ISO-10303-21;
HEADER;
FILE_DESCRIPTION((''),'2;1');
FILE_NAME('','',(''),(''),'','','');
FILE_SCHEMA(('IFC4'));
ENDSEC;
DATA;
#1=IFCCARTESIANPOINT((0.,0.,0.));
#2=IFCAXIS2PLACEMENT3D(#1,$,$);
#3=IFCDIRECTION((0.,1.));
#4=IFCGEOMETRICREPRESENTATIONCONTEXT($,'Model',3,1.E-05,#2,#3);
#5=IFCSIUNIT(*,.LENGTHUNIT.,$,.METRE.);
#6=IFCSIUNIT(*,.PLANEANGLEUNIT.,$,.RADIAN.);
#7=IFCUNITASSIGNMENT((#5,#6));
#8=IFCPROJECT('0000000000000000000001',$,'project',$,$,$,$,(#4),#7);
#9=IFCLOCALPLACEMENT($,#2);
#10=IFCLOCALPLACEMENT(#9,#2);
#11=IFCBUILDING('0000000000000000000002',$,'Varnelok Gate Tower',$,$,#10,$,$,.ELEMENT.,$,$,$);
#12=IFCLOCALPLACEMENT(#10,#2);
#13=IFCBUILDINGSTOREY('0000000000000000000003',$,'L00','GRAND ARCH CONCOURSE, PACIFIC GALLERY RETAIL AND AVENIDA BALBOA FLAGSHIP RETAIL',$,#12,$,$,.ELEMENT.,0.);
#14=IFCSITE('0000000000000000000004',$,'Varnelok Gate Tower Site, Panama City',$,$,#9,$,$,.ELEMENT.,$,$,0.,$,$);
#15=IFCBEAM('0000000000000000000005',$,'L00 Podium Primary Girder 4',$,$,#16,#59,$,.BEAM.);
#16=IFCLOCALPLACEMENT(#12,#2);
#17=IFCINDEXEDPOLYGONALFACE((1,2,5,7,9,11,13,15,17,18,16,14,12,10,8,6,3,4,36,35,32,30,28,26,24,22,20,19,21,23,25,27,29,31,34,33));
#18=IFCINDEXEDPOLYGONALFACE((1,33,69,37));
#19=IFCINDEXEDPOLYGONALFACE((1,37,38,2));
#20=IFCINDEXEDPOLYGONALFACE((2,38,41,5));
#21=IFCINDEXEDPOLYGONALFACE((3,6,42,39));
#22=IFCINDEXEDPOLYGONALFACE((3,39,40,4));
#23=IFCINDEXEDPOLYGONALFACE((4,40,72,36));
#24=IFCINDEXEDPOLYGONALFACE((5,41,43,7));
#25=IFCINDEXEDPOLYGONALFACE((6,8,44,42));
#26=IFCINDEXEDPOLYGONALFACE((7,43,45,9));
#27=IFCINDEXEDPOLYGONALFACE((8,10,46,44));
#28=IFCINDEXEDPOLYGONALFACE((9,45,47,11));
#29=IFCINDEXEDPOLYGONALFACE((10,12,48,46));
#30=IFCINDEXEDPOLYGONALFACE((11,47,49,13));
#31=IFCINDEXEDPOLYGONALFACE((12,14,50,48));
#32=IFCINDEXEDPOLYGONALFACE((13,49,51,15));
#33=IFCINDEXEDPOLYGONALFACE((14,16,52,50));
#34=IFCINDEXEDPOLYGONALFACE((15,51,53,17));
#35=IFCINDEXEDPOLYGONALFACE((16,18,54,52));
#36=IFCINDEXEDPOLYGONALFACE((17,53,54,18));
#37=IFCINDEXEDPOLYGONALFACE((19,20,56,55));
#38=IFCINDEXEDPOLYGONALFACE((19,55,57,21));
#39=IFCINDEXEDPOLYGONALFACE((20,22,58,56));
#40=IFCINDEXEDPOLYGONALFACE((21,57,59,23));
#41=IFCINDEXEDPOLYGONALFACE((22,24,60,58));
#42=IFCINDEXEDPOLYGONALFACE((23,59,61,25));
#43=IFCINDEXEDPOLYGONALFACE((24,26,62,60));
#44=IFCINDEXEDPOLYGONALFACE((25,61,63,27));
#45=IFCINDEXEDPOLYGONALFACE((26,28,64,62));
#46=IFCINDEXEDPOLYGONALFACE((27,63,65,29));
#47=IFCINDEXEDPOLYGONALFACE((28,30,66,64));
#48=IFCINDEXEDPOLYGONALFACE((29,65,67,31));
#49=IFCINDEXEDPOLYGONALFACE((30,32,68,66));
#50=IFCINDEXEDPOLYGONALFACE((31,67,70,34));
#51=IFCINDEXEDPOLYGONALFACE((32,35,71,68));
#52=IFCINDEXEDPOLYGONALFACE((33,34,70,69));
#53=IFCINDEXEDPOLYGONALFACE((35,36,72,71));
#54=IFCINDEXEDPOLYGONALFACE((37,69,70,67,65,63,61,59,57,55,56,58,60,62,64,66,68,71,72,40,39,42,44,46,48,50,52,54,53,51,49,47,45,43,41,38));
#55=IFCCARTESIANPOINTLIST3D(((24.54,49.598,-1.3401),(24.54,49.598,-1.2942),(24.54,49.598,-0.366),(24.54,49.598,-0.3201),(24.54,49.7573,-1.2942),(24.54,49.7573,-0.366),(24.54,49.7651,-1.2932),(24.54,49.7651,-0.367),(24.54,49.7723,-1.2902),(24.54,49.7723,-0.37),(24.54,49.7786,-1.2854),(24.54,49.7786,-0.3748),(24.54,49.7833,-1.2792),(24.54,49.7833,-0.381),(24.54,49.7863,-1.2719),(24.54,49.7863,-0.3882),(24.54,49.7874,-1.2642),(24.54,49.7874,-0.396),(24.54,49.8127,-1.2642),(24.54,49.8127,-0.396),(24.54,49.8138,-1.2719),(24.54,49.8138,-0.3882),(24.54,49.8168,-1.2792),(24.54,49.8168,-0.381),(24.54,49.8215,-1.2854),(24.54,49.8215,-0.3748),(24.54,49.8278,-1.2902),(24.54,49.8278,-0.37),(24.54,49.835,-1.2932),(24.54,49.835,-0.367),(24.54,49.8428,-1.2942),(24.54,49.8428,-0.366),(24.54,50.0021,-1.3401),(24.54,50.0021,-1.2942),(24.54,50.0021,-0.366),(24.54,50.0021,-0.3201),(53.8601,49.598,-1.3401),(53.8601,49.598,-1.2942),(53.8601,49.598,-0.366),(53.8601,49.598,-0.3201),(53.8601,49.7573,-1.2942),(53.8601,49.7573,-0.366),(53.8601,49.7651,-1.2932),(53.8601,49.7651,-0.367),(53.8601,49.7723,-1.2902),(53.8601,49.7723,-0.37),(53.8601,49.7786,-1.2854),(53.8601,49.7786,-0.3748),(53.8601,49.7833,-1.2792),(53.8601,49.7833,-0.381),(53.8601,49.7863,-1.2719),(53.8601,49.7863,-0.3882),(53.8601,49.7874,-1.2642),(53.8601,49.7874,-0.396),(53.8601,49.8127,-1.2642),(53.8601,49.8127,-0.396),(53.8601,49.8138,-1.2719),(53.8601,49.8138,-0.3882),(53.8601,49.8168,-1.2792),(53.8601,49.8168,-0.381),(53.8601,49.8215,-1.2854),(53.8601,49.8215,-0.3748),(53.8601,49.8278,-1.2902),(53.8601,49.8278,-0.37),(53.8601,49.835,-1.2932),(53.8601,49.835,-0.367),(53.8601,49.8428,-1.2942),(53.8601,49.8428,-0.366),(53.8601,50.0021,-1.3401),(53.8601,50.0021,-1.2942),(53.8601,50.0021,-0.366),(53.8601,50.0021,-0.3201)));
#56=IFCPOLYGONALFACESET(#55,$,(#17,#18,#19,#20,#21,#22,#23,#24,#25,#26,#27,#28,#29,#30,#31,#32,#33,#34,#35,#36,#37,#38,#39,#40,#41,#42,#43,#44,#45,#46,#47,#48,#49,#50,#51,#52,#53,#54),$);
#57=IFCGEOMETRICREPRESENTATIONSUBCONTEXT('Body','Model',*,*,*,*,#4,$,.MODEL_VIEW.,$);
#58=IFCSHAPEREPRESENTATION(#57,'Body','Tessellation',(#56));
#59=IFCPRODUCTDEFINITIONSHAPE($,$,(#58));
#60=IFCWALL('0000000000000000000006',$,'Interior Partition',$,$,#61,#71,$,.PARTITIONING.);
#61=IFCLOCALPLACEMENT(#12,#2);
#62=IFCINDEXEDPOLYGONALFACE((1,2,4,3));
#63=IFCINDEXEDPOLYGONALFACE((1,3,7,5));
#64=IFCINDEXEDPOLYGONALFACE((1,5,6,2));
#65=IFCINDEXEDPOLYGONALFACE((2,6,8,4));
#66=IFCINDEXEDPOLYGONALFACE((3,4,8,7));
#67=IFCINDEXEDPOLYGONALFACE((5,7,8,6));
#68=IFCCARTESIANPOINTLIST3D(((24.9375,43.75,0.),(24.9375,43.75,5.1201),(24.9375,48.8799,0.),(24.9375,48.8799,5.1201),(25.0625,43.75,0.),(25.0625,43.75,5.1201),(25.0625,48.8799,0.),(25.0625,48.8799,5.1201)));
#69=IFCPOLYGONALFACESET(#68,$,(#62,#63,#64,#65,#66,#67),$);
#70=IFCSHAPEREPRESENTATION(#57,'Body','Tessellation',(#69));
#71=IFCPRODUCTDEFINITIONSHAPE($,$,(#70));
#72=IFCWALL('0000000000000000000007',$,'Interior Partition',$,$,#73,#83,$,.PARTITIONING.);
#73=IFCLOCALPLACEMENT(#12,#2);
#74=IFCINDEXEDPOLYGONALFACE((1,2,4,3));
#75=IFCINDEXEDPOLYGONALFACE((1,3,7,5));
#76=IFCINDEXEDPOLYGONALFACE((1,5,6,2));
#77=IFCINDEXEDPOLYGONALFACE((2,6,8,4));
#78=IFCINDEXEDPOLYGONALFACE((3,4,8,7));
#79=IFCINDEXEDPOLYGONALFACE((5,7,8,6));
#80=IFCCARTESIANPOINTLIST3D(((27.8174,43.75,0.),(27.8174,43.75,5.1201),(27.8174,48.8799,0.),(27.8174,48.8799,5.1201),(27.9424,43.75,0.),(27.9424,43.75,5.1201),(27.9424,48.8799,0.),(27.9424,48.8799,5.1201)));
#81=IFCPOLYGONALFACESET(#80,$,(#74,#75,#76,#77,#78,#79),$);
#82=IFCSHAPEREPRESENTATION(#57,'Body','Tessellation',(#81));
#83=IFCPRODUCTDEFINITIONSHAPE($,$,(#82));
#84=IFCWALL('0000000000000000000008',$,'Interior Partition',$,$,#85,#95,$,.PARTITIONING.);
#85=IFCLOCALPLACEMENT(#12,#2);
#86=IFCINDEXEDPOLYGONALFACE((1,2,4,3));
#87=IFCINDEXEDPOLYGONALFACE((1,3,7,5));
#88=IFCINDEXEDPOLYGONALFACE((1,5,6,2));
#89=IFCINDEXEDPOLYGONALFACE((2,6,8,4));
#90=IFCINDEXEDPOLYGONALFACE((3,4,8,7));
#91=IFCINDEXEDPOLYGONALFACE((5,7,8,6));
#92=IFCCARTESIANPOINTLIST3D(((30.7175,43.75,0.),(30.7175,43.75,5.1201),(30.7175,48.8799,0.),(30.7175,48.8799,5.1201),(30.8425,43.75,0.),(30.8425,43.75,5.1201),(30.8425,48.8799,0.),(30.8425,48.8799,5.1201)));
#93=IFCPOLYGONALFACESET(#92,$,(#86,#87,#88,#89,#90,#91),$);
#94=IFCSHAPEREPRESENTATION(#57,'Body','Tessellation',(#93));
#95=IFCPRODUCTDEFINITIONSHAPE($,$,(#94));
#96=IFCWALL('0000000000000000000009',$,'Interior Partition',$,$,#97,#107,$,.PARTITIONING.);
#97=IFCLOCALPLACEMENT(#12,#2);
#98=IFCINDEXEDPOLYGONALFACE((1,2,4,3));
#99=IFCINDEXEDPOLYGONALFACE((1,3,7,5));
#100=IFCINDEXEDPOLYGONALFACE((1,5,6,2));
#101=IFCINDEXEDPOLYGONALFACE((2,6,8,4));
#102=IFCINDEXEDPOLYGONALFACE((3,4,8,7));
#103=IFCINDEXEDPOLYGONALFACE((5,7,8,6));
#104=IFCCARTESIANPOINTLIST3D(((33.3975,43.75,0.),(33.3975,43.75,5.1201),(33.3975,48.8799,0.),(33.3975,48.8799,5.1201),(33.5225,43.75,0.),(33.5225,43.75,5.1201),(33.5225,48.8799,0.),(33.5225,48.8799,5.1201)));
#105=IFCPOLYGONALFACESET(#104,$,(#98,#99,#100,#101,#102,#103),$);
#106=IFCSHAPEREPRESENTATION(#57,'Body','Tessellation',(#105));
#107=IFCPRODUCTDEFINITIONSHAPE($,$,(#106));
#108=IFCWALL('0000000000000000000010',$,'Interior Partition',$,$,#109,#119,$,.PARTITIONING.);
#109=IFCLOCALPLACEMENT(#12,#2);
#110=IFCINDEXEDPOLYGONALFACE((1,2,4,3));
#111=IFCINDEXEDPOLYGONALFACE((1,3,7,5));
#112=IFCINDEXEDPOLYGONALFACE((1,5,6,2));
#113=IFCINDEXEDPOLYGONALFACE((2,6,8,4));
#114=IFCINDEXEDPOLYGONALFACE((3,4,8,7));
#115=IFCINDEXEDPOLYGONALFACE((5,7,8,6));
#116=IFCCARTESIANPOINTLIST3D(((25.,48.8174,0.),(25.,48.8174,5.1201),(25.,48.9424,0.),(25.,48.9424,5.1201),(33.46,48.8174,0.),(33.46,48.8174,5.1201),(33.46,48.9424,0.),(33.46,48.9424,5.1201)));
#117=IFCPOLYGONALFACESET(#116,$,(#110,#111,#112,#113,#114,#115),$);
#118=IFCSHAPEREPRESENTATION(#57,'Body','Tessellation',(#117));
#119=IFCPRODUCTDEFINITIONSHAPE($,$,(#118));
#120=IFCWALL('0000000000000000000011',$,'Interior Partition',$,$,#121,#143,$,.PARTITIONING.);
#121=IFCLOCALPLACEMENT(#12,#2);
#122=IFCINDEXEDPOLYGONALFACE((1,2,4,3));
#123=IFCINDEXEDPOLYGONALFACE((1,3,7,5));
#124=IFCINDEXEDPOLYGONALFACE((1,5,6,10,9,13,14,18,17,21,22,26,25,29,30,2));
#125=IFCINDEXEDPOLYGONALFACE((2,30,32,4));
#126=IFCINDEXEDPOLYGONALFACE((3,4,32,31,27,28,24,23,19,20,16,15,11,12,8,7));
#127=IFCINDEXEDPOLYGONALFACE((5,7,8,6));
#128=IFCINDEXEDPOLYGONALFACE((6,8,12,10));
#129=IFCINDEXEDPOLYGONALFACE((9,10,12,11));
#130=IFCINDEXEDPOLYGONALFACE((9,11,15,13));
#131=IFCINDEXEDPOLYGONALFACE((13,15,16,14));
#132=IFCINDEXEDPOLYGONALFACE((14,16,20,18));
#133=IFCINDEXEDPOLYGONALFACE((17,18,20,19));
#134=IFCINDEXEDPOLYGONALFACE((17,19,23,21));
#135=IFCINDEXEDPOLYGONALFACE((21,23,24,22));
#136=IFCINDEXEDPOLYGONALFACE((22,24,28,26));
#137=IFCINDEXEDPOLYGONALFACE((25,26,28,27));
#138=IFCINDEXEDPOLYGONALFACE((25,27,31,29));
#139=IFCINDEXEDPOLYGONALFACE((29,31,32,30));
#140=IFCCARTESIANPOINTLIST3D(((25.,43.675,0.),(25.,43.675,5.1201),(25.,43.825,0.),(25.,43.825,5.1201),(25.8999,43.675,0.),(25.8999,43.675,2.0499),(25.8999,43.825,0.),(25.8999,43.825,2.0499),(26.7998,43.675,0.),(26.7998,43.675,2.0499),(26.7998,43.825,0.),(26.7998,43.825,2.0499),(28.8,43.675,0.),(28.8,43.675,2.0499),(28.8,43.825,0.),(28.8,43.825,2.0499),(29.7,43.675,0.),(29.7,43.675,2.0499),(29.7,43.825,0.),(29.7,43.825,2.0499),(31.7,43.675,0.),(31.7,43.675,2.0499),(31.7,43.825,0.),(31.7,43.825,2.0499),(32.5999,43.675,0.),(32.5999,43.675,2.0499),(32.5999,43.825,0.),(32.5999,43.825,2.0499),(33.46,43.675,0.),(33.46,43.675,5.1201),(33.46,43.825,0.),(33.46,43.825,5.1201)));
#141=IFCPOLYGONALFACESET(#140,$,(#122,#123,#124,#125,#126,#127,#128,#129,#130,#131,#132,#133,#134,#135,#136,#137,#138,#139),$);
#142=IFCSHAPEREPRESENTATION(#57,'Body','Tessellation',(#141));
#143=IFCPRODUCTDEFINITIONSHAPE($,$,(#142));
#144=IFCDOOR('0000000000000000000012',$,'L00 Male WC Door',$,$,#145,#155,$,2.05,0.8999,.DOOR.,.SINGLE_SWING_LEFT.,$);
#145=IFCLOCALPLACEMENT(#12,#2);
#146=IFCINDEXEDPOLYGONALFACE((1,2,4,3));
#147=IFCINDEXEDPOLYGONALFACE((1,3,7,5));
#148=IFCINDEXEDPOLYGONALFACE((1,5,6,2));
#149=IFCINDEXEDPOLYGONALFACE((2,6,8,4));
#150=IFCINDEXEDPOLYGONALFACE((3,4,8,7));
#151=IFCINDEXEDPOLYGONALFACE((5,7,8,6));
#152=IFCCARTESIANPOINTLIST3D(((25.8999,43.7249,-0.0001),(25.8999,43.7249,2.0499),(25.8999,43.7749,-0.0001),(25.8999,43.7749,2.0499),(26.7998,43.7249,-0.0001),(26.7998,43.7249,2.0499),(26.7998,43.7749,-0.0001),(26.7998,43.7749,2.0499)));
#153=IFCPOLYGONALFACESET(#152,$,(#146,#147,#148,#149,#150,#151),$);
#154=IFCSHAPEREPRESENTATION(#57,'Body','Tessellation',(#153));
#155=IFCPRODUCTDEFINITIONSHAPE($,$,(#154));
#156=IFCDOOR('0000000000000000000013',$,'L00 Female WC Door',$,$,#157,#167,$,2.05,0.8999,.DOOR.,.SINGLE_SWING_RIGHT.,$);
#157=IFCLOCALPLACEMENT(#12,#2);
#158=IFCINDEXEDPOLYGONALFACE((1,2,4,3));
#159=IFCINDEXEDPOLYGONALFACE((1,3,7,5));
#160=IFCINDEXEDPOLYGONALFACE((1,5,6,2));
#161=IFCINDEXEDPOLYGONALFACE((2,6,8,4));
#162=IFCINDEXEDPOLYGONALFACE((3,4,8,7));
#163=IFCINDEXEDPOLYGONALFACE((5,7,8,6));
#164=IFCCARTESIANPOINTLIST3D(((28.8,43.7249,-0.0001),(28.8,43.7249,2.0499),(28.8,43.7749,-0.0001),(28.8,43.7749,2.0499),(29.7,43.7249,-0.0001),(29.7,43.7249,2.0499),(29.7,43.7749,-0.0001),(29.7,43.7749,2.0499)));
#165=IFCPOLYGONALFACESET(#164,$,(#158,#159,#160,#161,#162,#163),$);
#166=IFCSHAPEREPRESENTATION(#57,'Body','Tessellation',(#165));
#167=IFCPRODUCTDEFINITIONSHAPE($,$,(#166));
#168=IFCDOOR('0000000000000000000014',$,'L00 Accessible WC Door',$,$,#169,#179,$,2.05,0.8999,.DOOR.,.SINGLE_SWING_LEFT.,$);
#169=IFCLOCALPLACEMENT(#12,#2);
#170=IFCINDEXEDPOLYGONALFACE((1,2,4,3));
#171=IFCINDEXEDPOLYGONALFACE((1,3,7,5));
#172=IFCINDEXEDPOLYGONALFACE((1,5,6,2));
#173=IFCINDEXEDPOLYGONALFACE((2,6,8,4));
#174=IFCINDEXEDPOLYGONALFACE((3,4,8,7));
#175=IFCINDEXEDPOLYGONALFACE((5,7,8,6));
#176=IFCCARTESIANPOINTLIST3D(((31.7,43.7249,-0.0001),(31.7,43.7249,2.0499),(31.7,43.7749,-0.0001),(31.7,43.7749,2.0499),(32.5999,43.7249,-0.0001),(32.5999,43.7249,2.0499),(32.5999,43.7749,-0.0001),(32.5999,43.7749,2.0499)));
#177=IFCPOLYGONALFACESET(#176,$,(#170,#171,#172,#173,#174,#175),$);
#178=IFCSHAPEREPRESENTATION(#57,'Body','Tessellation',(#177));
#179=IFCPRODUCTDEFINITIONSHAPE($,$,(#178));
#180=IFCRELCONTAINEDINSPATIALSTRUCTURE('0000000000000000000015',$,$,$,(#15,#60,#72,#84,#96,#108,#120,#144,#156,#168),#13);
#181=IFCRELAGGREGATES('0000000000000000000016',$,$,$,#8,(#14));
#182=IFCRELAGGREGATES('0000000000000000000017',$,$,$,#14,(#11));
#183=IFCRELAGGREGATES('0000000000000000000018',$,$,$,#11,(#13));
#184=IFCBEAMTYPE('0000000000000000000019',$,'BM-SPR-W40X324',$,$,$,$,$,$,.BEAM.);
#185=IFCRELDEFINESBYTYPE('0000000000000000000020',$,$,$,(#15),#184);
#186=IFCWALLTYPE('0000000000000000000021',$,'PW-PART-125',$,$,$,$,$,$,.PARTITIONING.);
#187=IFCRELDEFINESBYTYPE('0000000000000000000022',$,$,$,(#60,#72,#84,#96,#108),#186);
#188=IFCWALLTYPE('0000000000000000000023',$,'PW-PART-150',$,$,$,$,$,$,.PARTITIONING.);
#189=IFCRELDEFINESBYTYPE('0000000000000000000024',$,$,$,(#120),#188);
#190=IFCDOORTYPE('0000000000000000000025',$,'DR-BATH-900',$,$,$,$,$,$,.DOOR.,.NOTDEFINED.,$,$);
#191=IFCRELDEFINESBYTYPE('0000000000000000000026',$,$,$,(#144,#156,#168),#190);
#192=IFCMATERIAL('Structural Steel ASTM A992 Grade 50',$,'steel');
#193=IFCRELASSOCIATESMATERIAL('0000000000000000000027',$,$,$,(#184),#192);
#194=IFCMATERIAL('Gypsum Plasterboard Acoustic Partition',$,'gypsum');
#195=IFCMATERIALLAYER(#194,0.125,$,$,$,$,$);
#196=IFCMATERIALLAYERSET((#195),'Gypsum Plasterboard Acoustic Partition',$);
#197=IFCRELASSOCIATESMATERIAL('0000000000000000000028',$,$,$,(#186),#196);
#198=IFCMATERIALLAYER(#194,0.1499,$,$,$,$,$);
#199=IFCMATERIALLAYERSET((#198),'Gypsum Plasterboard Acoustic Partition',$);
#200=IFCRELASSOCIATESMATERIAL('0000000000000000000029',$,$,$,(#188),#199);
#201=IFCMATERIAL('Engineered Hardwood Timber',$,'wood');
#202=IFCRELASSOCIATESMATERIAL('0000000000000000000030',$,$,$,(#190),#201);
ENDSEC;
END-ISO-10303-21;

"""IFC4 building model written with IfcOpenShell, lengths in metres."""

from ifc_helpers import new_model, si_unit, direction, frame, frame_2d, origin, origin_2d, place, context, subcontext, project, spatial, rectangle, i_section, extrude, material, layer, layer_set, material_profile, profile_set, type_object, element, fill, save


model = new_model("IFC4")

# Units and contexts
model_context = context("Model", 3, precision=1e-05, world=origin(), true_north=direction((0.0, 1.0)))
body_context = subcontext(model_context, "Body", "Model", "MODEL_VIEW")
ifc_project = project(units=[si_unit("LENGTHUNIT", "METRE"), si_unit("PLANEANGLEUNIT", "RADIAN")], contexts=[model_context])

# Site, building, storey
site_placement = place(None, origin())
site = spatial("IfcSite", under=ifc_project, at=site_placement, Name="Varnelok Gate Tower Site, Panama City", CompositionType="ELEMENT", RefElevation=0.0)
building_placement = place(site_placement, origin())
building = spatial("IfcBuilding", under=site, at=building_placement, Name="Varnelok Gate Tower", CompositionType="ELEMENT")
storey_placement = place(building_placement, origin())
storey = spatial("IfcBuildingStorey", under=building, at=storey_placement, Name="L00", Description="GRAND ARCH CONCOURSE, PACIFIC GALLERY RETAIL AND AVENIDA BALBOA FLAGSHIP RETAIL", CompositionType="ELEMENT", Elevation=0.0)

# Beam
ifc_material_1 = material(Name="Structural Steel ASTM A992 Grade 50", Category="steel")
ifc_material_profile_1 = material_profile(ifc_material_1, i_section(OverallWidth=0.4041, OverallDepth=1.02, WebThickness=0.0254, FlangeThickness=0.0459, FilletRadius=0.03, at=origin_2d()), Name="W40X324")
ifc_profile_set_1 = profile_set([ifc_material_profile_1], Name="Structural Steel ASTM A992 Grade 50")
beam_type_1 = type_object("IfcBeamType", Name="BM-SPR-W40X324", PredefinedType="BEAM", material=ifc_profile_set_1)
beam_1_placement = place(storey_placement, frame((24.54, 49.8, -0.8301), z_axis=(1.0, 0.0, 0.0), x_axis=(0.0, 1.0, 0.0)))
element("IfcBeam", 1, at=beam_1_placement, inside=storey, type_object=beam_type_1, Name="L00 Podium Primary Girder 4", PredefinedType="BEAM", context=body_context, shape_type="SweptSolid", body=[
    extrude(i_section(OverallWidth=0.4041, OverallDepth=1.02, WebThickness=0.0254, FlangeThickness=0.0459, FilletRadius=0.03, at=origin_2d()), origin(), (0.0, 0.0, 1.0), 29.3201),
])

# Walls
ifc_material_2 = material(Name="Gypsum Plasterboard Acoustic Partition", Category="gypsum")
ifc_layer_1 = layer(ifc_material_2, 0.125)
ifc_layer_set_1 = layer_set([ifc_layer_1], Name="Gypsum Plasterboard Acoustic Partition")
wall_type_1 = type_object("IfcWallType", Name="PW-PART-125", PredefinedType="PARTITIONING", material=ifc_layer_set_1)
for number, where, z_axis, x_axis, name in (
    (2, (25.0, 43.75, 0.0), (0.0, 0.0, 1.0), (0.0, 1.0, 0.0), "Interior Partition"),
    (3, (27.8799, 43.75, 0.0), (0.0, 0.0, 1.0), (0.0, 1.0, 0.0), "Interior Partition"),
    (4, (30.78, 43.75, 0.0), (0.0, 0.0, 1.0), (0.0, 1.0, 0.0), "Interior Partition"),
    (5, (33.46, 43.75, 0.0), (0.0, 0.0, 1.0), (0.0, 1.0, 0.0), "Interior Partition"),
):
    element("IfcWall", number, at=place(storey_placement, frame(where, z_axis=z_axis, x_axis=x_axis)), inside=storey, type_object=wall_type_1, Name=name, PredefinedType="PARTITIONING", context=body_context, shape_type="SweptSolid", body=[
        extrude(rectangle(XDim=5.1299, YDim=0.125, at=frame_2d((2.5649, 0.0))), origin(), (0.0, 0.0, 1.0), 5.1201),
    ])
wall_1_placement = place(storey_placement, frame((25.0, 48.8799, 0.0), z_axis=(0.0, 0.0, 1.0), x_axis=(1.0, 0.0, 0.0)))
element("IfcWall", 6, at=wall_1_placement, inside=storey, type_object=wall_type_1, Name="Interior Partition", PredefinedType="PARTITIONING", context=body_context, shape_type="SweptSolid", body=[
    extrude(rectangle(XDim=8.46, YDim=0.125, at=frame_2d((4.23, 0.0))), origin(), (0.0, 0.0, 1.0), 5.1201),
])

# Wall, openings, doors
ifc_layer_2 = layer(ifc_material_2, 0.1499)
ifc_layer_set_2 = layer_set([ifc_layer_2], Name="Gypsum Plasterboard Acoustic Partition")
wall_type_2 = type_object("IfcWallType", Name="PW-PART-150", PredefinedType="PARTITIONING", material=ifc_layer_set_2)
wall_2_placement = place(storey_placement, frame((25.0, 43.75, 0.0), z_axis=(0.0, 0.0, 1.0), x_axis=(1.0, 0.0, 0.0)))
wall_2 = element("IfcWall", 7, at=wall_2_placement, inside=storey, type_object=wall_type_2, Name="Interior Partition", PredefinedType="PARTITIONING", context=body_context, shape_type="SweptSolid", body=[
    extrude(rectangle(XDim=8.46, YDim=0.1499, at=frame_2d((4.23, 0.0))), origin(), (0.0, 0.0, 1.0), 5.1201),
])
opening_1_placement = place(wall_2_placement, frame((0.8999, 0.0, 0.0)))
opening_1 = element("IfcOpeningElement", 8, at=opening_1_placement, cuts=wall_2, PredefinedType="OPENING", context=body_context, shape_type="SweptSolid", body=[
    extrude(rectangle(XDim=0.8999, YDim=2.05, at=frame_2d((0.45, 1.0249))), frame((0.0, 0.085, 0.0), z_axis=(0.0, -1.0, 0.0), x_axis=(1.0, 0.0, 0.0)), (0.0, 0.0, 1.0), 0.1699),
])
opening_2_placement = place(wall_2_placement, frame((3.8, 0.0, 0.0)))
opening_2 = element("IfcOpeningElement", 9, at=opening_2_placement, cuts=wall_2, PredefinedType="OPENING", context=body_context, shape_type="SweptSolid", body=[
    extrude(rectangle(XDim=0.8999, YDim=2.05, at=frame_2d((0.45, 1.0249))), frame((0.0, 0.085, 0.0), z_axis=(0.0, -1.0, 0.0), x_axis=(1.0, 0.0, 0.0)), (0.0, 0.0, 1.0), 0.1699),
])
opening_3_placement = place(wall_2_placement, frame((6.7, 0.0, 0.0)))
opening_3 = element("IfcOpeningElement", 10, at=opening_3_placement, cuts=wall_2, PredefinedType="OPENING", context=body_context, shape_type="SweptSolid", body=[
    extrude(rectangle(XDim=0.8999, YDim=2.05, at=frame_2d((0.45, 1.0249))), frame((0.0, 0.085, 0.0), z_axis=(0.0, -1.0, 0.0), x_axis=(1.0, 0.0, 0.0)), (0.0, 0.0, 1.0), 0.1699),
])
ifc_material_3 = material(Name="Engineered Hardwood Timber", Category="wood")
door_type = type_object("IfcDoorType", Name="DR-BATH-900", OperationType="NOTDEFINED", PredefinedType="DOOR", material=ifc_material_3)
door_1_placement = place(opening_1_placement, origin())
door_1 = element("IfcDoor", 11, at=door_1_placement, inside=storey, type_object=door_type, Name="L00 Male WC Door", OperationType="SINGLE_SWING_LEFT", OverallHeight=2.05, OverallWidth=0.8999, PredefinedType="DOOR", context=body_context, shape_type="SweptSolid", body=[
    extrude(rectangle(XDim=0.8999, YDim=2.05, at=frame_2d((0.45, 1.0249))), frame((0.0, 0.0249, 0.0), z_axis=(0.0, -1.0, 0.0), x_axis=(1.0, 0.0, 0.0)), (0.0, 0.0, 1.0), 0.05),
])
fill(opening_1, door_1)
door_2_placement = place(opening_2_placement, origin())
door_2 = element("IfcDoor", 12, at=door_2_placement, inside=storey, type_object=door_type, Name="L00 Female WC Door", OperationType="SINGLE_SWING_RIGHT", OverallHeight=2.05, OverallWidth=0.8999, PredefinedType="DOOR", context=body_context, shape_type="SweptSolid", body=[
    extrude(rectangle(XDim=0.8999, YDim=2.05, at=frame_2d((0.45, 1.0249))), frame((0.0, 0.0249, 0.0), z_axis=(0.0, -1.0, 0.0), x_axis=(1.0, 0.0, 0.0)), (0.0, 0.0, 1.0), 0.05),
])
fill(opening_2, door_2)
door_3_placement = place(opening_3_placement, origin())
door_3 = element("IfcDoor", 13, at=door_3_placement, inside=storey, type_object=door_type, Name="L00 Accessible WC Door", OperationType="SINGLE_SWING_LEFT", OverallHeight=2.05, OverallWidth=0.8999, PredefinedType="DOOR", context=body_context, shape_type="SweptSolid", body=[
    extrude(rectangle(XDim=0.8999, YDim=2.05, at=frame_2d((0.45, 1.0249))), frame((0.0, 0.0249, 0.0), z_axis=(0.0, -1.0, 0.0), x_axis=(1.0, 0.0, 0.0)), (0.0, 0.0, 1.0), 0.05),
])
fill(opening_3, door_3)

save(model, "model.ifc")
